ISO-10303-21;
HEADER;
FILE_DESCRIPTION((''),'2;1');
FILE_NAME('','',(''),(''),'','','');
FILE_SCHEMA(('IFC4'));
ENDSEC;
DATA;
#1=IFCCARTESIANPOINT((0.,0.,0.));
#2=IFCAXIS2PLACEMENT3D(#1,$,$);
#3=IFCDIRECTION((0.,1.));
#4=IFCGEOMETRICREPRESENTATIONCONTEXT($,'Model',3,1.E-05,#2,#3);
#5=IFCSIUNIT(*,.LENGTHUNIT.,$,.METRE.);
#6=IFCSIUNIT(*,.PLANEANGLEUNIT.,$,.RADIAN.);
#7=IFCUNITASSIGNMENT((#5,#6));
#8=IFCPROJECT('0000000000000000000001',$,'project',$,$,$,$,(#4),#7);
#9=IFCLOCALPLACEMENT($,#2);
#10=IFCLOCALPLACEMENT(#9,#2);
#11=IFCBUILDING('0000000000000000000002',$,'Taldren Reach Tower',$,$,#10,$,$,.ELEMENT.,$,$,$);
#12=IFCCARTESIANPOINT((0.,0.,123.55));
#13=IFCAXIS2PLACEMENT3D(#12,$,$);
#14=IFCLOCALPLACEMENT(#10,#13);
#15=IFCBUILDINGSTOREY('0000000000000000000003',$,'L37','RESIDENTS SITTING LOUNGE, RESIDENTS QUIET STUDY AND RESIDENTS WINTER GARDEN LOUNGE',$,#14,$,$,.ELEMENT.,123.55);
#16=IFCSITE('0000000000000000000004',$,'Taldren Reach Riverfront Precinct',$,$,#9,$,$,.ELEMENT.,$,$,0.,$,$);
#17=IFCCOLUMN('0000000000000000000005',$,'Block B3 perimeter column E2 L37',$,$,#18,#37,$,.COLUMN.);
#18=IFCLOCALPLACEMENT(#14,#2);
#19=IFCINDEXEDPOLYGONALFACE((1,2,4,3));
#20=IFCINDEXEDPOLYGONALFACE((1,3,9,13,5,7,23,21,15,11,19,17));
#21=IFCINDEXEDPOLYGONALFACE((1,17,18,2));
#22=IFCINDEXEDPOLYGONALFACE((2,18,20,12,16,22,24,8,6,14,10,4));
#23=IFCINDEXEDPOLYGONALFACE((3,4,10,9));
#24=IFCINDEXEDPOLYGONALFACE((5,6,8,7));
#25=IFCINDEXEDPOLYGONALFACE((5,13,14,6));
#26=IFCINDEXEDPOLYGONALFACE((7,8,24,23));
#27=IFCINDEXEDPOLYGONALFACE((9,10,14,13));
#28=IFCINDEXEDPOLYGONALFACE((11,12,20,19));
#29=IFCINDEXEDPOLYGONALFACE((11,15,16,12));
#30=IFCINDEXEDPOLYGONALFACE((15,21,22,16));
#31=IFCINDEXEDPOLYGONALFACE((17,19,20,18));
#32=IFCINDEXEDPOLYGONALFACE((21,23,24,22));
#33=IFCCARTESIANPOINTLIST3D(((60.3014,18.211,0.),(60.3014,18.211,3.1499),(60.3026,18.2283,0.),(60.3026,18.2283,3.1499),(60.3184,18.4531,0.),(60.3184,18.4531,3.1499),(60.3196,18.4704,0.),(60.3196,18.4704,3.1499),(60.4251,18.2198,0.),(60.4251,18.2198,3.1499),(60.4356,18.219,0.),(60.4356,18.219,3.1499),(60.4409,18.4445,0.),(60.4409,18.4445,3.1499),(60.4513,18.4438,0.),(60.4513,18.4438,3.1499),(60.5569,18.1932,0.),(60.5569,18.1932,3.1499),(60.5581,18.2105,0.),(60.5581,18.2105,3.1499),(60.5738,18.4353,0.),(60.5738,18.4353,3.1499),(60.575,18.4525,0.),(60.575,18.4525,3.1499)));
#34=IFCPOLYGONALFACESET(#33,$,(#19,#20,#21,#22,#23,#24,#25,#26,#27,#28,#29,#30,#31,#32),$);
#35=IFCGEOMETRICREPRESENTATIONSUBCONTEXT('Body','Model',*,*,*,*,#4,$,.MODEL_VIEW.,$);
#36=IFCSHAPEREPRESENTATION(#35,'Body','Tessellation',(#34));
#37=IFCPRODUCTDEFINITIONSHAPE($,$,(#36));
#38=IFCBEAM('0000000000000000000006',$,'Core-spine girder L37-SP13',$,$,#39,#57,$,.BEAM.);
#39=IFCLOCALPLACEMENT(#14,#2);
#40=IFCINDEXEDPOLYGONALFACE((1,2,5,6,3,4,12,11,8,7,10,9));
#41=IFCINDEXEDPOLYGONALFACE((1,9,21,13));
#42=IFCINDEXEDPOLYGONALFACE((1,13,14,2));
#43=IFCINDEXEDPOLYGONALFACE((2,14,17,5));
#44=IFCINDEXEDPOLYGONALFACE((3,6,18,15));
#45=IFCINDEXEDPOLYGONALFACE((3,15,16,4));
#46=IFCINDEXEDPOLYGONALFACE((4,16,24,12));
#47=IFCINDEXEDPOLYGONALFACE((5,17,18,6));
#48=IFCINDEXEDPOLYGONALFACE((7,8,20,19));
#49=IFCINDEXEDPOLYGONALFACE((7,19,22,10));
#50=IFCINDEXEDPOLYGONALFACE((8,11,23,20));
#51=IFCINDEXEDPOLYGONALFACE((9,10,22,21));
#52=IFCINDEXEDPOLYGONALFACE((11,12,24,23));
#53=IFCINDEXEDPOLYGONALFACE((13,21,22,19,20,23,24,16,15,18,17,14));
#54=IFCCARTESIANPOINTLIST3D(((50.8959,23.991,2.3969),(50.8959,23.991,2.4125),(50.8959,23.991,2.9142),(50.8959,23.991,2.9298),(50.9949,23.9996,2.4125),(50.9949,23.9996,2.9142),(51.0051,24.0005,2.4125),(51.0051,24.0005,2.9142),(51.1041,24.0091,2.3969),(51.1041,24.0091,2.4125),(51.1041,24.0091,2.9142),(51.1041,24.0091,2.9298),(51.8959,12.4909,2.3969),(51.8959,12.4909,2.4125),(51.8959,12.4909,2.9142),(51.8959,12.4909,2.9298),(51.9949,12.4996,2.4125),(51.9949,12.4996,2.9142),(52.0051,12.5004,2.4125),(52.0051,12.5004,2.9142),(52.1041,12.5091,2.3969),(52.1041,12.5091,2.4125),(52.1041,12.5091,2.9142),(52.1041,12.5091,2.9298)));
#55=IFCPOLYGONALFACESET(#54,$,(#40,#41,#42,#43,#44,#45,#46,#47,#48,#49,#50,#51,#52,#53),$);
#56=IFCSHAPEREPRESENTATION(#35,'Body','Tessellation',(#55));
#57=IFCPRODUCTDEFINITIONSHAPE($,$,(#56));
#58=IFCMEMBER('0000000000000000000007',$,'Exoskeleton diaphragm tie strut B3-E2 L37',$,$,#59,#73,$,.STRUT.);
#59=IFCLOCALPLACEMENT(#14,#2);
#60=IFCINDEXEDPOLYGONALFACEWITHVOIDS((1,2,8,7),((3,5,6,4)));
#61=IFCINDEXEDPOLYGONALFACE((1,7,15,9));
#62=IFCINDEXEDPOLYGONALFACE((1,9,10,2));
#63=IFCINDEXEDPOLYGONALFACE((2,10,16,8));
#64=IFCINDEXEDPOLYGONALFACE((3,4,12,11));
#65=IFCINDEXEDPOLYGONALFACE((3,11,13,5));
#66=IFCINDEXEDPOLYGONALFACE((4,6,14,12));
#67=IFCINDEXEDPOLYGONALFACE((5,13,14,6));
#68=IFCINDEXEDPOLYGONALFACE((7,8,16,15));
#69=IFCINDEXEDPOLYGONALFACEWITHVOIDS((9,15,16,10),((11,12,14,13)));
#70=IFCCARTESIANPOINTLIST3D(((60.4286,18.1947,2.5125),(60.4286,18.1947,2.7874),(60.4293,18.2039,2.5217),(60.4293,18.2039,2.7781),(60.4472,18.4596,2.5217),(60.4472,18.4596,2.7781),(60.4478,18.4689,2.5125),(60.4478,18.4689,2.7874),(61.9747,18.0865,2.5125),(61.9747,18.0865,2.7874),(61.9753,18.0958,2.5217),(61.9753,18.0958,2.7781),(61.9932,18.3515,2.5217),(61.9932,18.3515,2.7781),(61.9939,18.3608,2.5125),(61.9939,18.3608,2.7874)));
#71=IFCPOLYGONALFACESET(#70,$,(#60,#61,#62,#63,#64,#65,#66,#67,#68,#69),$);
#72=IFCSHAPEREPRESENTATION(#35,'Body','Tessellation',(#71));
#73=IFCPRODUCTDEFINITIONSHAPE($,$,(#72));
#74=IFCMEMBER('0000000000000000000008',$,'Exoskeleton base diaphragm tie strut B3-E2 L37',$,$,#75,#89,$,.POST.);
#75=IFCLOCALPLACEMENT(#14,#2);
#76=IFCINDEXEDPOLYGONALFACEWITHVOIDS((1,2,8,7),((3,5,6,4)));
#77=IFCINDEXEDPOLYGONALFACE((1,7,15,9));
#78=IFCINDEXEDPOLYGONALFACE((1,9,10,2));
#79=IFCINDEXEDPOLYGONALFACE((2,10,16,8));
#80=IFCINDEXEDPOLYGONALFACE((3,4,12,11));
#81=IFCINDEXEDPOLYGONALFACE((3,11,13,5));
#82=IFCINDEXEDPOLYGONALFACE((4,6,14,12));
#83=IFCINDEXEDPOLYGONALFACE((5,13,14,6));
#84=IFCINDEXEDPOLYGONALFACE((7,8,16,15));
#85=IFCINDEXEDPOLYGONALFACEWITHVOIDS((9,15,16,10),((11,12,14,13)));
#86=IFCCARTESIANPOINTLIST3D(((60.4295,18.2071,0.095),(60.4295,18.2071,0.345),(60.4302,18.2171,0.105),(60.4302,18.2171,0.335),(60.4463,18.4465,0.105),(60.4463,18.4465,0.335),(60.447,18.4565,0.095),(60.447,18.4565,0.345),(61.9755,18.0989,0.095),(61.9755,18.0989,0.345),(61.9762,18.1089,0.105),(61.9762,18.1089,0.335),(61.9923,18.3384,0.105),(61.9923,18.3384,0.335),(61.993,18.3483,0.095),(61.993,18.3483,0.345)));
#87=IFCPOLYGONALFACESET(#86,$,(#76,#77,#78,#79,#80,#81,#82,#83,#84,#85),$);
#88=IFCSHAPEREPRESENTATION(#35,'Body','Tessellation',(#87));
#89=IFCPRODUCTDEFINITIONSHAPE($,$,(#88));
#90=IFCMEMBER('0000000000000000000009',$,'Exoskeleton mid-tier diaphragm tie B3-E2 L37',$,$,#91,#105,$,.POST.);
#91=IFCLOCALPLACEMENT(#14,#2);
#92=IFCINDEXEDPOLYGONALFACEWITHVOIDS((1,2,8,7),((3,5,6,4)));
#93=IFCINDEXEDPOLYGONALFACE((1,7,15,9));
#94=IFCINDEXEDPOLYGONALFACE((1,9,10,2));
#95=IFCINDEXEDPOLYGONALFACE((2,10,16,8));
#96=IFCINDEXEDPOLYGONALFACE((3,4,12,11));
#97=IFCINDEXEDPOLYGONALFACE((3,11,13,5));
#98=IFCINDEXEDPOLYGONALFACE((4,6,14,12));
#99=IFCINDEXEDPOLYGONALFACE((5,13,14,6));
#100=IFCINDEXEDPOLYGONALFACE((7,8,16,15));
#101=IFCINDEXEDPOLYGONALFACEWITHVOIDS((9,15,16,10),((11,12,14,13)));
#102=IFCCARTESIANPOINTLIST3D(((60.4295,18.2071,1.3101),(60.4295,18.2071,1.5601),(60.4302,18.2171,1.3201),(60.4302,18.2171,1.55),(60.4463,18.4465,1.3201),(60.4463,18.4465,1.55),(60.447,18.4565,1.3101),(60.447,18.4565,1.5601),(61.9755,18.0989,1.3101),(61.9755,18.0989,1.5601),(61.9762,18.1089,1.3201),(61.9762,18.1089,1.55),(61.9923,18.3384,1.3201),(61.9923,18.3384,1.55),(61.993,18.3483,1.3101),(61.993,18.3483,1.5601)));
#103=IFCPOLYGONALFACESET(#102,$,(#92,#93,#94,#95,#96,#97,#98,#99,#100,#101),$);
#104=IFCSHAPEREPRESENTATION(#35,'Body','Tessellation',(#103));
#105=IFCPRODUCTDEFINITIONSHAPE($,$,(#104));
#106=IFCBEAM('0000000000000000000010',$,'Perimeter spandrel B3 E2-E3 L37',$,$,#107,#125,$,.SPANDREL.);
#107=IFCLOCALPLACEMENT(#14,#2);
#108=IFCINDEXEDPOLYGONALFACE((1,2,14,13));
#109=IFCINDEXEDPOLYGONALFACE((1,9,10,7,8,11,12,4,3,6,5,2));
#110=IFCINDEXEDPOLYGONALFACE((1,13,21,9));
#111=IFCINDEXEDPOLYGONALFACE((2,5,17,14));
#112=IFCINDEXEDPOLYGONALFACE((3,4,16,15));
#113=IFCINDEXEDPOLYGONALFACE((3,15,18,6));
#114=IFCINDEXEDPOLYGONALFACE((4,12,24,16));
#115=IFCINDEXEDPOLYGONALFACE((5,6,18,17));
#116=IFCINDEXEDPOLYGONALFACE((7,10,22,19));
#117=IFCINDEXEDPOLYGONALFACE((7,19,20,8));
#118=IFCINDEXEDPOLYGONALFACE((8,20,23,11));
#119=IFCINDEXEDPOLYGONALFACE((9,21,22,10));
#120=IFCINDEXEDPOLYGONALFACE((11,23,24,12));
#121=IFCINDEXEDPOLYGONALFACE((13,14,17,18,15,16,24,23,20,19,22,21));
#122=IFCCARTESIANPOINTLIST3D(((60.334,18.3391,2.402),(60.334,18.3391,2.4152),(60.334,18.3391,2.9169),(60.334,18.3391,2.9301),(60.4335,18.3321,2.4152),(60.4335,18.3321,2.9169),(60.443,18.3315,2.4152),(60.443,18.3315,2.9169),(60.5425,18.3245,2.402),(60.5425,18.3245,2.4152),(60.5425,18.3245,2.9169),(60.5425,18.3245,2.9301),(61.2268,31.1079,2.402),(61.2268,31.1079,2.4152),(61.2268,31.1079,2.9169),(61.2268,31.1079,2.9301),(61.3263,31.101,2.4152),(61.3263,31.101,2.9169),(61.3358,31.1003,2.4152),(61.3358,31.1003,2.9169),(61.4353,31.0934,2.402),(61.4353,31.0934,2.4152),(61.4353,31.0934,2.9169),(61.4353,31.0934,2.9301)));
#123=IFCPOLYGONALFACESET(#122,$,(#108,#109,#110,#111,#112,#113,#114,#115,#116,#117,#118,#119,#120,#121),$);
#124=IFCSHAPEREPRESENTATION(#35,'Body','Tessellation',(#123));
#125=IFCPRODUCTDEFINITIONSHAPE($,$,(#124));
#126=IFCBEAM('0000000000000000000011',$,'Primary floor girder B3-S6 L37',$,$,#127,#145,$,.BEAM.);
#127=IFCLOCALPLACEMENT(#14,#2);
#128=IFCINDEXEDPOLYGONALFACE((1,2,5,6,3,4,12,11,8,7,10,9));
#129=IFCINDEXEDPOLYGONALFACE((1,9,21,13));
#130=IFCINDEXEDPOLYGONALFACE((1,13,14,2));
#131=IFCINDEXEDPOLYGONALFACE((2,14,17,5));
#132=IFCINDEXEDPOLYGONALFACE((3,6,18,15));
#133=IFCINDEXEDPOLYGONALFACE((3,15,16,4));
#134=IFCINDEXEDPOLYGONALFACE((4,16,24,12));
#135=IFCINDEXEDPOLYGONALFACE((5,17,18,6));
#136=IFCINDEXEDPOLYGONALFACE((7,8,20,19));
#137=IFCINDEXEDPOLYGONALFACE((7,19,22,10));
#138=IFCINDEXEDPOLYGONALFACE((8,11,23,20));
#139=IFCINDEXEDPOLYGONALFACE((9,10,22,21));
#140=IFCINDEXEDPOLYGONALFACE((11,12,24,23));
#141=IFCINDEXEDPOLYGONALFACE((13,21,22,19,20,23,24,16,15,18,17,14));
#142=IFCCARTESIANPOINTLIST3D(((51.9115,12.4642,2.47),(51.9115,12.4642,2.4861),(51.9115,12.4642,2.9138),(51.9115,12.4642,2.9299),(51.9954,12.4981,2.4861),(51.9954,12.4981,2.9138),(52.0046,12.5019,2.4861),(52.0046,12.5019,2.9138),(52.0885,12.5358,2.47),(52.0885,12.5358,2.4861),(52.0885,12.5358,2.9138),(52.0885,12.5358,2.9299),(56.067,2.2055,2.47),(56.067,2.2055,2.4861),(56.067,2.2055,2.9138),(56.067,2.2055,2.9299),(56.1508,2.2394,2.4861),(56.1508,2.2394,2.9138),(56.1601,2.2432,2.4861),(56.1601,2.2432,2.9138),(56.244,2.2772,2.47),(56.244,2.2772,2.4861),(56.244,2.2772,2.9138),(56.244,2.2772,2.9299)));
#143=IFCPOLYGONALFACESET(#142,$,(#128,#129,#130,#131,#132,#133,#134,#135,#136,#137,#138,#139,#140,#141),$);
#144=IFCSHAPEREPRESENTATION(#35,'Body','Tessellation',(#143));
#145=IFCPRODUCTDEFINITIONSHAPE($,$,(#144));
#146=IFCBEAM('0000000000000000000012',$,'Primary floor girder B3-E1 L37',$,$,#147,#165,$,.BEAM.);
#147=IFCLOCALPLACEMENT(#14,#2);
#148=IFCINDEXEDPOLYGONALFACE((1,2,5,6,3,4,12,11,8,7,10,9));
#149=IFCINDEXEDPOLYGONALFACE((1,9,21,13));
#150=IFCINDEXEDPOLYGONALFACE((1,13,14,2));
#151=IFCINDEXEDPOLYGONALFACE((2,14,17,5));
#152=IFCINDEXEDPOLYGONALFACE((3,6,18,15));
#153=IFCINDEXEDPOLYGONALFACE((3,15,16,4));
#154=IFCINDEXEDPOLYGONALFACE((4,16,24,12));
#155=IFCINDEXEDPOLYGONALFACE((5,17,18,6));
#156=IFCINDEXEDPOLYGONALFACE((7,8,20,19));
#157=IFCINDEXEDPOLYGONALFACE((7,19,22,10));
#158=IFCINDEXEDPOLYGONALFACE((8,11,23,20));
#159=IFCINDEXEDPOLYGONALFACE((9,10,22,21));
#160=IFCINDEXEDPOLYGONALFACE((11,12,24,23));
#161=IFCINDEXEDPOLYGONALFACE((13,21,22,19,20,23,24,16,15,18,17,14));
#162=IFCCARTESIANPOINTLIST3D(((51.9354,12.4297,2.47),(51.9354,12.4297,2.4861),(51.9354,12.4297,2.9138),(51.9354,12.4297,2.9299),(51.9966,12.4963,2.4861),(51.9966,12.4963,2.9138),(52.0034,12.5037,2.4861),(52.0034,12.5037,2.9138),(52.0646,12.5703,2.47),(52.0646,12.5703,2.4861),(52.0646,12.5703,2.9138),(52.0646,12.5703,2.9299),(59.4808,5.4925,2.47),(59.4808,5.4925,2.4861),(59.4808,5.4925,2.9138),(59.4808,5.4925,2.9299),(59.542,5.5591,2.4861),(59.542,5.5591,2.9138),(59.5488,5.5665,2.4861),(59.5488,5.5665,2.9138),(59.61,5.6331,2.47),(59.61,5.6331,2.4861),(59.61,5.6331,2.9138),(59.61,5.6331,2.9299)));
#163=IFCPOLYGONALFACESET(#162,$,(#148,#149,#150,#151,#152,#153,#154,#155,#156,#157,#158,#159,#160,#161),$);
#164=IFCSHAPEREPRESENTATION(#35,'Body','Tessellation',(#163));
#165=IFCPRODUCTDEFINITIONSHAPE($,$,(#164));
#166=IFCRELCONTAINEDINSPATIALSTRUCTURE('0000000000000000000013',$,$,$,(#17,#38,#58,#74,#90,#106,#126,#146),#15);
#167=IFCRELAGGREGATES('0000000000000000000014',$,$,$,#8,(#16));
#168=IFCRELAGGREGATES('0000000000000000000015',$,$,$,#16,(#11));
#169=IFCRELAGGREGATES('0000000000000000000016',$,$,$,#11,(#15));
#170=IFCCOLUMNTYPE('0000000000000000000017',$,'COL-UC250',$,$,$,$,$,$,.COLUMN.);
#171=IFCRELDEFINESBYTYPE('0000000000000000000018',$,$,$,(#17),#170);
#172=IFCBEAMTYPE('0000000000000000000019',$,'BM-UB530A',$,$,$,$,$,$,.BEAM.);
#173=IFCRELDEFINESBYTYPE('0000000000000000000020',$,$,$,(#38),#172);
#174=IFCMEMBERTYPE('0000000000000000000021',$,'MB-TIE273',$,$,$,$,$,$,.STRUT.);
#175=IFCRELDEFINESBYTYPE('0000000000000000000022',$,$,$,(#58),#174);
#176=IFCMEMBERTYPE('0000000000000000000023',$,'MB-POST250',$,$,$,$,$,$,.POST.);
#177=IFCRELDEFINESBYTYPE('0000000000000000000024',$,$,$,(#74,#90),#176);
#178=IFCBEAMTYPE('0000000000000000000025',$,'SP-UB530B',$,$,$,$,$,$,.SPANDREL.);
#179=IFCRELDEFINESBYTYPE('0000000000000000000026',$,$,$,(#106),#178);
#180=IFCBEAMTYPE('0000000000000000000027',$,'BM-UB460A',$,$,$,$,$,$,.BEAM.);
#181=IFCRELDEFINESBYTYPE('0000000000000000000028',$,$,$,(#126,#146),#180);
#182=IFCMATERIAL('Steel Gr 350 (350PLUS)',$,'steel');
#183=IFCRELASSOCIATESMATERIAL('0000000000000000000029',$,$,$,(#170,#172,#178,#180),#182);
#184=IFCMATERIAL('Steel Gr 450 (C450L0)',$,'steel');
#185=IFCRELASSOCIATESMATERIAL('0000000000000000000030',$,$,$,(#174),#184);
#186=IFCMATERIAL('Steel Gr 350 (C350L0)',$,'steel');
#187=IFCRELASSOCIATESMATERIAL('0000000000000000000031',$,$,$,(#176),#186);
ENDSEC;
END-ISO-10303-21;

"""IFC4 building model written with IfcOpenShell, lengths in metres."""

from ifc_helpers import new_model, si_unit, direction, frame, origin, origin_2d, place, context, subcontext, project, spatial, hollow_rectangle, i_section, extrude, source, transform, mapped, material, material_profile, profile_set, type_object, element, save


model = new_model("IFC4")

# Units and contexts
model_context = context("Model", 3, precision=1e-05, world=origin(), true_north=direction((0.0, 1.0)))
body_context = subcontext(model_context, "Body", "Model", "MODEL_VIEW")
ifc_project = project(units=[si_unit("LENGTHUNIT", "METRE"), si_unit("PLANEANGLEUNIT", "RADIAN")], contexts=[model_context])

# Site, building, storey
site_placement = place(None, origin())
site = spatial("IfcSite", under=ifc_project, at=site_placement, Name="Taldren Reach Riverfront Precinct", CompositionType="ELEMENT", RefElevation=0.0)
building_placement = place(site_placement, origin())
building = spatial("IfcBuilding", under=site, at=building_placement, Name="Taldren Reach Tower", CompositionType="ELEMENT")
storey_placement = place(building_placement, frame((0.0, 0.0, 123.55)))
storey = spatial("IfcBuildingStorey", under=building, at=storey_placement, Name="L37", Description="RESIDENTS SITTING LOUNGE, RESIDENTS QUIET STUDY AND RESIDENTS WINTER GARDEN LOUNGE", CompositionType="ELEMENT", Elevation=123.55)

# Column
ifc_material_1 = material(Name="Steel Gr 350 (350PLUS)", Category="steel")
ifc_material_profile_1 = material_profile(ifc_material_1, i_section(OverallWidth=0.2561, OverallDepth=0.26, WebThickness=0.0105, FlangeThickness=0.0173, at=origin_2d()), Name="250UC89.5")
ifc_profile_set_1 = profile_set([ifc_material_profile_1], Name="Steel Gr 350 (350PLUS)")
column_type = type_object("IfcColumnType", Name="COL-UC250", PredefinedType="COLUMN", material=ifc_profile_set_1)
shared_shape_1 = source(origin(), body_context, "Body", "SweptSolid", [
    extrude(i_section(OverallWidth=0.2561, OverallDepth=0.26, WebThickness=0.0105, FlangeThickness=0.0173, at=origin_2d()), origin(), (0.0, 0.0, 1.0), 3.1499),
])
column_placement = place(storey_placement, frame((60.4382, 18.3318, 0.0), z_axis=(0.0, 0.0, 1.0), x_axis=(0.997564, -0.069756, 0.0)))
element("IfcColumn", 1, at=column_placement, inside=storey, type_object=column_type, Name="Block B3 perimeter column E2 L37", PredefinedType="COLUMN", context=body_context, shape_type="MappedRepresentation", body=[
    mapped(shared_shape_1, transform((0.0, 0.0, 0.0), scale=1.0)),
])

# Beam
ifc_material_profile_2 = material_profile(ifc_material_1, i_section(OverallWidth=0.209, OverallDepth=0.533, WebThickness=0.0103, FlangeThickness=0.0156, at=origin_2d()), Name="530UB92.4")
ifc_profile_set_2 = profile_set([ifc_material_profile_2], Name="Steel Gr 350 (350PLUS)")
beam_type_1 = type_object("IfcBeamType", Name="BM-UB530A", PredefinedType="BEAM", material=ifc_profile_set_2)
shared_shape_2 = source(origin(), body_context, "Body", "SweptSolid", [
    extrude(i_section(OverallWidth=0.209, OverallDepth=0.533, WebThickness=0.0103, FlangeThickness=0.0156, at=origin_2d()), origin(), (0.0, 0.0, 1.0), 11.5435),
])
beam_1_placement = place(storey_placement, frame((52.0, 12.5, 2.6633), z_axis=(-0.08663, 0.996241, 0.0), x_axis=(-0.996241, -0.08663, 0.0)))
element("IfcBeam", 2, at=beam_1_placement, inside=storey, type_object=beam_type_1, Name="Core-spine girder L37-SP13", PredefinedType="BEAM", context=body_context, shape_type="MappedRepresentation", body=[
    mapped(shared_shape_2, transform((0.0, 0.0, 0.0), scale=1.0)),
])

# Members
ifc_material_2 = material(Name="Steel Gr 450 (C450L0)", Category="steel")
ifc_material_profile_3 = material_profile(ifc_material_2, hollow_rectangle(XDim=0.2749, YDim=0.2749, WallThickness=0.0093, at=origin_2d()), Name="275x275x9.3SHS")
ifc_profile_set_3 = profile_set([ifc_material_profile_3], Name="Steel Gr 450 (C450L0)")
member_type_1 = type_object("IfcMemberType", Name="MB-TIE273", PredefinedType="STRUT", material=ifc_profile_set_3)
shared_shape_3 = source(origin(), body_context, "Body", "SweptSolid", [
    extrude(hollow_rectangle(XDim=0.2749, YDim=0.2749, WallThickness=0.0093, at=origin_2d()), origin(), (0.0, 0.0, 1.0), 1.5498),
])
member_1_placement = place(storey_placement, frame((60.4382, 18.3318, 2.6499), z_axis=(0.997562, -0.069781, 0.0), x_axis=(0.069781, 0.997562, 0.0)))
element("IfcMember", 3, at=member_1_placement, inside=storey, type_object=member_type_1, Name="Exoskeleton diaphragm tie strut B3-E2 L37", PredefinedType="STRUT", context=body_context, shape_type="MappedRepresentation", body=[
    mapped(shared_shape_3, transform((0.0, 0.0, 0.0), scale=1.0)),
])
ifc_material_3 = material(Name="Steel Gr 350 (C350L0)", Category="steel")
ifc_material_profile_4 = material_profile(ifc_material_3, hollow_rectangle(XDim=0.25, YDim=0.25, WallThickness=0.01, at=origin_2d()), Name="250x250x10.0SHS")
ifc_profile_set_4 = profile_set([ifc_material_profile_4], Name="Steel Gr 350 (C350L0)")
member_type_2 = type_object("IfcMemberType", Name="MB-POST250", PredefinedType="POST", material=ifc_profile_set_4)
shared_shape_4 = source(origin(), body_context, "Body", "SweptSolid", [
    extrude(hollow_rectangle(XDim=0.25, YDim=0.25, WallThickness=0.01, at=origin_2d()), origin(), (0.0, 0.0, 1.0), 1.5498),
])
for number, where, z_axis, x_axis, name in (
    (4, (60.4382, 18.3318, 0.22), (0.997562, -0.069781, 0.0), (0.069781, 0.997562, 0.0), "Exoskeleton base diaphragm tie strut B3-E2 L37"),
    (5, (60.4382, 18.3318, 1.4351), (0.997562, -0.069781, 0.0), (0.069781, 0.997562, 0.0), "Exoskeleton mid-tier diaphragm tie B3-E2 L37"),
):
    element("IfcMember", number, at=place(storey_placement, frame(where, z_axis=z_axis, x_axis=x_axis)), inside=storey, type_object=member_type_2, Name=name, PredefinedType="POST", context=body_context, shape_type="MappedRepresentation", body=[
        mapped(shared_shape_4, transform((0.0, 0.0, 0.0), scale=1.0)),
    ])

# Beams
ifc_material_profile_5 = material_profile(ifc_material_1, i_section(OverallWidth=0.209, OverallDepth=0.5281, WebThickness=0.0095, FlangeThickness=0.0132, at=origin_2d()), Name="530UB82.0")
ifc_profile_set_5 = profile_set([ifc_material_profile_5], Name="Steel Gr 350 (350PLUS)")
beam_type_2 = type_object("IfcBeamType", Name="SP-UB530B", PredefinedType="SPANDREL", material=ifc_profile_set_5)
shared_shape_5 = source(origin(), body_context, "Body", "SweptSolid", [
    extrude(i_section(OverallWidth=0.209, OverallDepth=0.5281, WebThickness=0.0095, FlangeThickness=0.0132, at=origin_2d()), origin(), (0.0, 0.0, 1.0), 12.8),
])
beam_2_placement = place(storey_placement, frame((60.4382, 18.3318, 2.666), z_axis=(0.069752, 0.997564, 0.0), x_axis=(-0.997564, 0.069752, 0.0)))
element("IfcBeam", 6, at=beam_2_placement, inside=storey, type_object=beam_type_2, Name="Perimeter spandrel B3 E2-E3 L37", PredefinedType="SPANDREL", context=body_context, shape_type="MappedRepresentation", body=[
    mapped(shared_shape_5, transform((0.0, 0.0, 0.0), scale=1.0)),
])
ifc_material_profile_6 = material_profile(ifc_material_1, i_section(OverallWidth=0.1909, OverallDepth=0.46, WebThickness=0.01, FlangeThickness=0.0161, at=origin_2d()), Name="460UB82.1")
ifc_profile_set_6 = profile_set([ifc_material_profile_6], Name="Steel Gr 350 (350PLUS)")
beam_type_3 = type_object("IfcBeamType", Name="BM-UB460A", PredefinedType="BEAM", material=ifc_profile_set_6)
shared_shape_6 = source(origin(), body_context, "Body", "SweptSolid", [
    extrude(i_section(OverallWidth=0.1909, OverallDepth=0.46, WebThickness=0.01, FlangeThickness=0.0161, at=origin_2d()), origin(), (0.0, 0.0, 1.0), 11.0684),
])
beam_3_placement = place(storey_placement, frame((52.0, 12.5, 2.7), z_axis=(0.375437, -0.926848, 0.0), x_axis=(0.926848, 0.375437, 0.0)))
element("IfcBeam", 7, at=beam_3_placement, inside=storey, type_object=beam_type_3, Name="Primary floor girder B3-S6 L37", PredefinedType="BEAM", context=body_context, shape_type="MappedRepresentation", body=[
    mapped(shared_shape_6, transform((0.0, 0.0, 0.0), scale=1.0)),
])
shared_shape_7 = source(origin(), body_context, "Body", "SweptSolid", [
    extrude(i_section(OverallWidth=0.1909, OverallDepth=0.46, WebThickness=0.01, FlangeThickness=0.0161, at=origin_2d()), origin(), (0.0, 0.0, 1.0), 10.2498),
])
beam_4_placement = place(storey_placement, frame((52.0, 12.5, 2.7), z_axis=(0.736151, -0.676818, 0.0), x_axis=(0.676818, 0.736151, 0.0)))
element("IfcBeam", 8, at=beam_4_placement, inside=storey, type_object=beam_type_3, Name="Primary floor girder B3-E1 L37", PredefinedType="BEAM", context=body_context, shape_type="MappedRepresentation", body=[
    mapped(shared_shape_7, transform((0.0, 0.0, 0.0), scale=1.0)),
])

save(model, "model.ifc")
